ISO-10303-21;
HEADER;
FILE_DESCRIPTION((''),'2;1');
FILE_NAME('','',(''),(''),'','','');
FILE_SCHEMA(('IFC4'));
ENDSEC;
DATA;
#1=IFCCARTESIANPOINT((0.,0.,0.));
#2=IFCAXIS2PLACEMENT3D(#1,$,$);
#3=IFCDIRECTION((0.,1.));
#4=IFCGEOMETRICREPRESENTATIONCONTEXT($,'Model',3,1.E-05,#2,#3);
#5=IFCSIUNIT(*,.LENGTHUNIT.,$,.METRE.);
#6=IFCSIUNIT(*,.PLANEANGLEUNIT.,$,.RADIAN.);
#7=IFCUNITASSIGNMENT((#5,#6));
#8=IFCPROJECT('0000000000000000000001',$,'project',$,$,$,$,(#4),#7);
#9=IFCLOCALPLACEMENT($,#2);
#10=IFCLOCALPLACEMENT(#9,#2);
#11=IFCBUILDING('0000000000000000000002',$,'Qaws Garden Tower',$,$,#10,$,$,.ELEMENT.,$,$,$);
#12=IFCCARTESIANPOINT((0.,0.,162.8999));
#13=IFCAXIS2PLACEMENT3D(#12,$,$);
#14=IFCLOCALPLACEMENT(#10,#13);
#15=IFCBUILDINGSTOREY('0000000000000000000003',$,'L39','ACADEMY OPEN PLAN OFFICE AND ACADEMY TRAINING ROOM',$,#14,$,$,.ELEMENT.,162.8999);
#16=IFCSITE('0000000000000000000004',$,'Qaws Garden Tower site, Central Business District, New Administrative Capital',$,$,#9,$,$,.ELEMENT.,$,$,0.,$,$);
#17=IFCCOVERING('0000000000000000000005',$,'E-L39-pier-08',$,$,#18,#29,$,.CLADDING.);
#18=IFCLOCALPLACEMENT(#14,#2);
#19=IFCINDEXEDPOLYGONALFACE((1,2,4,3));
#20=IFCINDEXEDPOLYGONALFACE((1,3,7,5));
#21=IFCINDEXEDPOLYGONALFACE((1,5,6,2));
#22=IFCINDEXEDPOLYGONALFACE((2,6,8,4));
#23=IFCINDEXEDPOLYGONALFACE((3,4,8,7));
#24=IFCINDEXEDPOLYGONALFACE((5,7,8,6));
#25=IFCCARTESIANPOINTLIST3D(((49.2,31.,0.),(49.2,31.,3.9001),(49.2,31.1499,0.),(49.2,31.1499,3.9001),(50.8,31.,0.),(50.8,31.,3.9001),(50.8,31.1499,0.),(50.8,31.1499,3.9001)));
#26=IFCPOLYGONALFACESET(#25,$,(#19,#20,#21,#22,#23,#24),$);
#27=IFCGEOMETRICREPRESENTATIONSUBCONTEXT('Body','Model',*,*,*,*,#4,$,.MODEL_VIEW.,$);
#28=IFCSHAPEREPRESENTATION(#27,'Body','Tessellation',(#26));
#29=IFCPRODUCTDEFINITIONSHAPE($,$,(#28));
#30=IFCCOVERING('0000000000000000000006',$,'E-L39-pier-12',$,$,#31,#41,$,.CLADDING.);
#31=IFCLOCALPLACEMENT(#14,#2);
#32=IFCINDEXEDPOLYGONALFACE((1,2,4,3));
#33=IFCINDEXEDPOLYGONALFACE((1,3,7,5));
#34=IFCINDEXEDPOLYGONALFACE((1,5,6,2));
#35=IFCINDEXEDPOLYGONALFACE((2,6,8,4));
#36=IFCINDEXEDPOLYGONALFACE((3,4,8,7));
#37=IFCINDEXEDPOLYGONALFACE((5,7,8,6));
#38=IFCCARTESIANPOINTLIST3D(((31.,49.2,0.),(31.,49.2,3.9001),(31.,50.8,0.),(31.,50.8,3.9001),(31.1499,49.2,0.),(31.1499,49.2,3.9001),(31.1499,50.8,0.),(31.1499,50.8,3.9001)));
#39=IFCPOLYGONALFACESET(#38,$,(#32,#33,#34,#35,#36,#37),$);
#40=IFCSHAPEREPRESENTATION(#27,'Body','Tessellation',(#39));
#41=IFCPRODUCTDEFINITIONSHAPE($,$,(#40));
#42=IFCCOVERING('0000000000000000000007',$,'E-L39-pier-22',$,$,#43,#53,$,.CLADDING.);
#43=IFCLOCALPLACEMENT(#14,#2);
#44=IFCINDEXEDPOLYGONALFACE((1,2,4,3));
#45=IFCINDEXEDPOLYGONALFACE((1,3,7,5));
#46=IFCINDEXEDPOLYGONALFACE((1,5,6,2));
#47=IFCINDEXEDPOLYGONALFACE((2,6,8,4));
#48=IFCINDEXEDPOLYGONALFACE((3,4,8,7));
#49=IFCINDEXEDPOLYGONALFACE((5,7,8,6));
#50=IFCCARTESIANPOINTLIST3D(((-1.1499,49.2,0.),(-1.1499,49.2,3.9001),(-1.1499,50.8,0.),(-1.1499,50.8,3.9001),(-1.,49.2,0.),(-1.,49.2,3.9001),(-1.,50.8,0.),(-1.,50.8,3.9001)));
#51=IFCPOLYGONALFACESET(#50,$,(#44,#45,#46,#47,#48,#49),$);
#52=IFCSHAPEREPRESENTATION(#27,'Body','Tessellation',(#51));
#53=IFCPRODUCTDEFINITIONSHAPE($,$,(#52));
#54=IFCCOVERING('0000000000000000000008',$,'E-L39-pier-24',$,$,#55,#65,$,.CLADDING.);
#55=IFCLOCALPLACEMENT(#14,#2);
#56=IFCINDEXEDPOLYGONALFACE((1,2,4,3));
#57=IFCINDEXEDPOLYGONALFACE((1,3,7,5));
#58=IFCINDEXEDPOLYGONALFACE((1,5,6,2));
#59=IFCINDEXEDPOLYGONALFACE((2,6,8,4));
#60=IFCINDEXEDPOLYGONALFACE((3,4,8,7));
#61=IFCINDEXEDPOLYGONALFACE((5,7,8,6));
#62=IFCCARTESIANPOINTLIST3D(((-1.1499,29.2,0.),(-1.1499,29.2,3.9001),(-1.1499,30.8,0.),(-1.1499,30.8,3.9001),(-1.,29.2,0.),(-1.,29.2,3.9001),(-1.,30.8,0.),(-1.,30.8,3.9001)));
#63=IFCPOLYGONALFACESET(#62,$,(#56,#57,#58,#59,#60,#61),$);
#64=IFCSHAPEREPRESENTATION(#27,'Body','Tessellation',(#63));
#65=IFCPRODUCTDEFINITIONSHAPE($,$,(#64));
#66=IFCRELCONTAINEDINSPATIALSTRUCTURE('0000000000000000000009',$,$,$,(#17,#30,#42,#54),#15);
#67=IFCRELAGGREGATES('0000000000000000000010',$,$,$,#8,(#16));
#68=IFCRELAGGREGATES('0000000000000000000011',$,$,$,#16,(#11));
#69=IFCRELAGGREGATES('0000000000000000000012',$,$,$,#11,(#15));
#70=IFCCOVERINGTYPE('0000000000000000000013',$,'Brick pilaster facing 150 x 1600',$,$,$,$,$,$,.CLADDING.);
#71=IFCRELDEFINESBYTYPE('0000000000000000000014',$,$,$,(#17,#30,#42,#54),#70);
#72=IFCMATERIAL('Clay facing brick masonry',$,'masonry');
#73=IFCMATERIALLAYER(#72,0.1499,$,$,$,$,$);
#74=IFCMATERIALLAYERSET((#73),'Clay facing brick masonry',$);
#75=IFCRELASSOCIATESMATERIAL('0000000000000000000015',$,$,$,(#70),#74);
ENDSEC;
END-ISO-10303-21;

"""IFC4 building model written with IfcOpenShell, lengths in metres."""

from ifc_helpers import new_model, si_unit, direction, frame, origin, place, context, subcontext, project, spatial, polyline, outline, extrude, material, layer, layer_set, type_object, element, save


model = new_model("IFC4")

# Units and contexts
model_context = context("Model", 3, precision=1e-05, world=origin(), true_north=direction((0.0, 1.0)))
body_context = subcontext(model_context, "Body", "Model", "MODEL_VIEW")
ifc_project = project(units=[si_unit("LENGTHUNIT", "METRE"), si_unit("PLANEANGLEUNIT", "RADIAN")], contexts=[model_context])

# Site, building, storey
site_placement = place(None, origin())
site = spatial("IfcSite", under=ifc_project, at=site_placement, Name="Qaws Garden Tower site, Central Business District, New Administrative Capital", CompositionType="ELEMENT", RefElevation=0.0)
building_placement = place(site_placement, origin())
building = spatial("IfcBuilding", under=site, at=building_placement, Name="Qaws Garden Tower", CompositionType="ELEMENT")
storey_placement = place(building_placement, frame((0.0, 0.0, 162.8999)))
storey = spatial("IfcBuildingStorey", under=building, at=storey_placement, Name="L39", Description="ACADEMY OPEN PLAN OFFICE AND ACADEMY TRAINING ROOM", CompositionType="ELEMENT", Elevation=162.8999)

# Shared definitions
placement = place(storey_placement, origin())

# Coverings
ifc_material_1 = material(Name="Clay facing brick masonry", Category="masonry")
ifc_layer_1 = layer(ifc_material_1, 0.1499)
ifc_layer_set_1 = layer_set([ifc_layer_1], Name="Clay facing brick masonry")
covering_type = type_object("IfcCoveringType", Name="Brick pilaster facing 150 x 1600", PredefinedType="CLADDING", material=ifc_layer_set_1)
element("IfcCovering", 1, at=placement, inside=storey, type_object=covering_type, Name="E-L39-pier-08", PredefinedType="CLADDING", context=body_context, shape_type="SweptSolid", body=[
    extrude(outline(polyline([(50.8, 31.0), (49.2, 31.0), (49.2, 31.1499), (50.8, 31.1499), (50.8, 31.0)])), origin(), (0.0, 0.0, 1.0), 3.9001),
])
element("IfcCovering", 2, at=placement, inside=storey, type_object=covering_type, Name="E-L39-pier-12", PredefinedType="CLADDING", context=body_context, shape_type="SweptSolid", body=[
    extrude(outline(polyline([(31.0, 49.2), (31.0, 50.8), (31.1499, 50.8), (31.1499, 49.2), (31.0, 49.2)])), origin(), (0.0, 0.0, 1.0), 3.9001),
])
element("IfcCovering", 3, at=placement, inside=storey, type_object=covering_type, Name="E-L39-pier-22", PredefinedType="CLADDING", context=body_context, shape_type="SweptSolid", body=[
    extrude(outline(polyline([(-1.0, 50.8), (-1.0, 49.2), (-1.1499, 49.2), (-1.1499, 50.8), (-1.0, 50.8)])), origin(), (0.0, 0.0, 1.0), 3.9001),
])
element("IfcCovering", 4, at=placement, inside=storey, type_object=covering_type, Name="E-L39-pier-24", PredefinedType="CLADDING", context=body_context, shape_type="SweptSolid", body=[
    extrude(outline(polyline([(-1.0, 30.8), (-1.0, 29.2), (-1.1499, 29.2), (-1.1499, 30.8), (-1.0, 30.8)])), origin(), (0.0, 0.0, 1.0), 3.9001),
])

save(model, "model.ifc")
